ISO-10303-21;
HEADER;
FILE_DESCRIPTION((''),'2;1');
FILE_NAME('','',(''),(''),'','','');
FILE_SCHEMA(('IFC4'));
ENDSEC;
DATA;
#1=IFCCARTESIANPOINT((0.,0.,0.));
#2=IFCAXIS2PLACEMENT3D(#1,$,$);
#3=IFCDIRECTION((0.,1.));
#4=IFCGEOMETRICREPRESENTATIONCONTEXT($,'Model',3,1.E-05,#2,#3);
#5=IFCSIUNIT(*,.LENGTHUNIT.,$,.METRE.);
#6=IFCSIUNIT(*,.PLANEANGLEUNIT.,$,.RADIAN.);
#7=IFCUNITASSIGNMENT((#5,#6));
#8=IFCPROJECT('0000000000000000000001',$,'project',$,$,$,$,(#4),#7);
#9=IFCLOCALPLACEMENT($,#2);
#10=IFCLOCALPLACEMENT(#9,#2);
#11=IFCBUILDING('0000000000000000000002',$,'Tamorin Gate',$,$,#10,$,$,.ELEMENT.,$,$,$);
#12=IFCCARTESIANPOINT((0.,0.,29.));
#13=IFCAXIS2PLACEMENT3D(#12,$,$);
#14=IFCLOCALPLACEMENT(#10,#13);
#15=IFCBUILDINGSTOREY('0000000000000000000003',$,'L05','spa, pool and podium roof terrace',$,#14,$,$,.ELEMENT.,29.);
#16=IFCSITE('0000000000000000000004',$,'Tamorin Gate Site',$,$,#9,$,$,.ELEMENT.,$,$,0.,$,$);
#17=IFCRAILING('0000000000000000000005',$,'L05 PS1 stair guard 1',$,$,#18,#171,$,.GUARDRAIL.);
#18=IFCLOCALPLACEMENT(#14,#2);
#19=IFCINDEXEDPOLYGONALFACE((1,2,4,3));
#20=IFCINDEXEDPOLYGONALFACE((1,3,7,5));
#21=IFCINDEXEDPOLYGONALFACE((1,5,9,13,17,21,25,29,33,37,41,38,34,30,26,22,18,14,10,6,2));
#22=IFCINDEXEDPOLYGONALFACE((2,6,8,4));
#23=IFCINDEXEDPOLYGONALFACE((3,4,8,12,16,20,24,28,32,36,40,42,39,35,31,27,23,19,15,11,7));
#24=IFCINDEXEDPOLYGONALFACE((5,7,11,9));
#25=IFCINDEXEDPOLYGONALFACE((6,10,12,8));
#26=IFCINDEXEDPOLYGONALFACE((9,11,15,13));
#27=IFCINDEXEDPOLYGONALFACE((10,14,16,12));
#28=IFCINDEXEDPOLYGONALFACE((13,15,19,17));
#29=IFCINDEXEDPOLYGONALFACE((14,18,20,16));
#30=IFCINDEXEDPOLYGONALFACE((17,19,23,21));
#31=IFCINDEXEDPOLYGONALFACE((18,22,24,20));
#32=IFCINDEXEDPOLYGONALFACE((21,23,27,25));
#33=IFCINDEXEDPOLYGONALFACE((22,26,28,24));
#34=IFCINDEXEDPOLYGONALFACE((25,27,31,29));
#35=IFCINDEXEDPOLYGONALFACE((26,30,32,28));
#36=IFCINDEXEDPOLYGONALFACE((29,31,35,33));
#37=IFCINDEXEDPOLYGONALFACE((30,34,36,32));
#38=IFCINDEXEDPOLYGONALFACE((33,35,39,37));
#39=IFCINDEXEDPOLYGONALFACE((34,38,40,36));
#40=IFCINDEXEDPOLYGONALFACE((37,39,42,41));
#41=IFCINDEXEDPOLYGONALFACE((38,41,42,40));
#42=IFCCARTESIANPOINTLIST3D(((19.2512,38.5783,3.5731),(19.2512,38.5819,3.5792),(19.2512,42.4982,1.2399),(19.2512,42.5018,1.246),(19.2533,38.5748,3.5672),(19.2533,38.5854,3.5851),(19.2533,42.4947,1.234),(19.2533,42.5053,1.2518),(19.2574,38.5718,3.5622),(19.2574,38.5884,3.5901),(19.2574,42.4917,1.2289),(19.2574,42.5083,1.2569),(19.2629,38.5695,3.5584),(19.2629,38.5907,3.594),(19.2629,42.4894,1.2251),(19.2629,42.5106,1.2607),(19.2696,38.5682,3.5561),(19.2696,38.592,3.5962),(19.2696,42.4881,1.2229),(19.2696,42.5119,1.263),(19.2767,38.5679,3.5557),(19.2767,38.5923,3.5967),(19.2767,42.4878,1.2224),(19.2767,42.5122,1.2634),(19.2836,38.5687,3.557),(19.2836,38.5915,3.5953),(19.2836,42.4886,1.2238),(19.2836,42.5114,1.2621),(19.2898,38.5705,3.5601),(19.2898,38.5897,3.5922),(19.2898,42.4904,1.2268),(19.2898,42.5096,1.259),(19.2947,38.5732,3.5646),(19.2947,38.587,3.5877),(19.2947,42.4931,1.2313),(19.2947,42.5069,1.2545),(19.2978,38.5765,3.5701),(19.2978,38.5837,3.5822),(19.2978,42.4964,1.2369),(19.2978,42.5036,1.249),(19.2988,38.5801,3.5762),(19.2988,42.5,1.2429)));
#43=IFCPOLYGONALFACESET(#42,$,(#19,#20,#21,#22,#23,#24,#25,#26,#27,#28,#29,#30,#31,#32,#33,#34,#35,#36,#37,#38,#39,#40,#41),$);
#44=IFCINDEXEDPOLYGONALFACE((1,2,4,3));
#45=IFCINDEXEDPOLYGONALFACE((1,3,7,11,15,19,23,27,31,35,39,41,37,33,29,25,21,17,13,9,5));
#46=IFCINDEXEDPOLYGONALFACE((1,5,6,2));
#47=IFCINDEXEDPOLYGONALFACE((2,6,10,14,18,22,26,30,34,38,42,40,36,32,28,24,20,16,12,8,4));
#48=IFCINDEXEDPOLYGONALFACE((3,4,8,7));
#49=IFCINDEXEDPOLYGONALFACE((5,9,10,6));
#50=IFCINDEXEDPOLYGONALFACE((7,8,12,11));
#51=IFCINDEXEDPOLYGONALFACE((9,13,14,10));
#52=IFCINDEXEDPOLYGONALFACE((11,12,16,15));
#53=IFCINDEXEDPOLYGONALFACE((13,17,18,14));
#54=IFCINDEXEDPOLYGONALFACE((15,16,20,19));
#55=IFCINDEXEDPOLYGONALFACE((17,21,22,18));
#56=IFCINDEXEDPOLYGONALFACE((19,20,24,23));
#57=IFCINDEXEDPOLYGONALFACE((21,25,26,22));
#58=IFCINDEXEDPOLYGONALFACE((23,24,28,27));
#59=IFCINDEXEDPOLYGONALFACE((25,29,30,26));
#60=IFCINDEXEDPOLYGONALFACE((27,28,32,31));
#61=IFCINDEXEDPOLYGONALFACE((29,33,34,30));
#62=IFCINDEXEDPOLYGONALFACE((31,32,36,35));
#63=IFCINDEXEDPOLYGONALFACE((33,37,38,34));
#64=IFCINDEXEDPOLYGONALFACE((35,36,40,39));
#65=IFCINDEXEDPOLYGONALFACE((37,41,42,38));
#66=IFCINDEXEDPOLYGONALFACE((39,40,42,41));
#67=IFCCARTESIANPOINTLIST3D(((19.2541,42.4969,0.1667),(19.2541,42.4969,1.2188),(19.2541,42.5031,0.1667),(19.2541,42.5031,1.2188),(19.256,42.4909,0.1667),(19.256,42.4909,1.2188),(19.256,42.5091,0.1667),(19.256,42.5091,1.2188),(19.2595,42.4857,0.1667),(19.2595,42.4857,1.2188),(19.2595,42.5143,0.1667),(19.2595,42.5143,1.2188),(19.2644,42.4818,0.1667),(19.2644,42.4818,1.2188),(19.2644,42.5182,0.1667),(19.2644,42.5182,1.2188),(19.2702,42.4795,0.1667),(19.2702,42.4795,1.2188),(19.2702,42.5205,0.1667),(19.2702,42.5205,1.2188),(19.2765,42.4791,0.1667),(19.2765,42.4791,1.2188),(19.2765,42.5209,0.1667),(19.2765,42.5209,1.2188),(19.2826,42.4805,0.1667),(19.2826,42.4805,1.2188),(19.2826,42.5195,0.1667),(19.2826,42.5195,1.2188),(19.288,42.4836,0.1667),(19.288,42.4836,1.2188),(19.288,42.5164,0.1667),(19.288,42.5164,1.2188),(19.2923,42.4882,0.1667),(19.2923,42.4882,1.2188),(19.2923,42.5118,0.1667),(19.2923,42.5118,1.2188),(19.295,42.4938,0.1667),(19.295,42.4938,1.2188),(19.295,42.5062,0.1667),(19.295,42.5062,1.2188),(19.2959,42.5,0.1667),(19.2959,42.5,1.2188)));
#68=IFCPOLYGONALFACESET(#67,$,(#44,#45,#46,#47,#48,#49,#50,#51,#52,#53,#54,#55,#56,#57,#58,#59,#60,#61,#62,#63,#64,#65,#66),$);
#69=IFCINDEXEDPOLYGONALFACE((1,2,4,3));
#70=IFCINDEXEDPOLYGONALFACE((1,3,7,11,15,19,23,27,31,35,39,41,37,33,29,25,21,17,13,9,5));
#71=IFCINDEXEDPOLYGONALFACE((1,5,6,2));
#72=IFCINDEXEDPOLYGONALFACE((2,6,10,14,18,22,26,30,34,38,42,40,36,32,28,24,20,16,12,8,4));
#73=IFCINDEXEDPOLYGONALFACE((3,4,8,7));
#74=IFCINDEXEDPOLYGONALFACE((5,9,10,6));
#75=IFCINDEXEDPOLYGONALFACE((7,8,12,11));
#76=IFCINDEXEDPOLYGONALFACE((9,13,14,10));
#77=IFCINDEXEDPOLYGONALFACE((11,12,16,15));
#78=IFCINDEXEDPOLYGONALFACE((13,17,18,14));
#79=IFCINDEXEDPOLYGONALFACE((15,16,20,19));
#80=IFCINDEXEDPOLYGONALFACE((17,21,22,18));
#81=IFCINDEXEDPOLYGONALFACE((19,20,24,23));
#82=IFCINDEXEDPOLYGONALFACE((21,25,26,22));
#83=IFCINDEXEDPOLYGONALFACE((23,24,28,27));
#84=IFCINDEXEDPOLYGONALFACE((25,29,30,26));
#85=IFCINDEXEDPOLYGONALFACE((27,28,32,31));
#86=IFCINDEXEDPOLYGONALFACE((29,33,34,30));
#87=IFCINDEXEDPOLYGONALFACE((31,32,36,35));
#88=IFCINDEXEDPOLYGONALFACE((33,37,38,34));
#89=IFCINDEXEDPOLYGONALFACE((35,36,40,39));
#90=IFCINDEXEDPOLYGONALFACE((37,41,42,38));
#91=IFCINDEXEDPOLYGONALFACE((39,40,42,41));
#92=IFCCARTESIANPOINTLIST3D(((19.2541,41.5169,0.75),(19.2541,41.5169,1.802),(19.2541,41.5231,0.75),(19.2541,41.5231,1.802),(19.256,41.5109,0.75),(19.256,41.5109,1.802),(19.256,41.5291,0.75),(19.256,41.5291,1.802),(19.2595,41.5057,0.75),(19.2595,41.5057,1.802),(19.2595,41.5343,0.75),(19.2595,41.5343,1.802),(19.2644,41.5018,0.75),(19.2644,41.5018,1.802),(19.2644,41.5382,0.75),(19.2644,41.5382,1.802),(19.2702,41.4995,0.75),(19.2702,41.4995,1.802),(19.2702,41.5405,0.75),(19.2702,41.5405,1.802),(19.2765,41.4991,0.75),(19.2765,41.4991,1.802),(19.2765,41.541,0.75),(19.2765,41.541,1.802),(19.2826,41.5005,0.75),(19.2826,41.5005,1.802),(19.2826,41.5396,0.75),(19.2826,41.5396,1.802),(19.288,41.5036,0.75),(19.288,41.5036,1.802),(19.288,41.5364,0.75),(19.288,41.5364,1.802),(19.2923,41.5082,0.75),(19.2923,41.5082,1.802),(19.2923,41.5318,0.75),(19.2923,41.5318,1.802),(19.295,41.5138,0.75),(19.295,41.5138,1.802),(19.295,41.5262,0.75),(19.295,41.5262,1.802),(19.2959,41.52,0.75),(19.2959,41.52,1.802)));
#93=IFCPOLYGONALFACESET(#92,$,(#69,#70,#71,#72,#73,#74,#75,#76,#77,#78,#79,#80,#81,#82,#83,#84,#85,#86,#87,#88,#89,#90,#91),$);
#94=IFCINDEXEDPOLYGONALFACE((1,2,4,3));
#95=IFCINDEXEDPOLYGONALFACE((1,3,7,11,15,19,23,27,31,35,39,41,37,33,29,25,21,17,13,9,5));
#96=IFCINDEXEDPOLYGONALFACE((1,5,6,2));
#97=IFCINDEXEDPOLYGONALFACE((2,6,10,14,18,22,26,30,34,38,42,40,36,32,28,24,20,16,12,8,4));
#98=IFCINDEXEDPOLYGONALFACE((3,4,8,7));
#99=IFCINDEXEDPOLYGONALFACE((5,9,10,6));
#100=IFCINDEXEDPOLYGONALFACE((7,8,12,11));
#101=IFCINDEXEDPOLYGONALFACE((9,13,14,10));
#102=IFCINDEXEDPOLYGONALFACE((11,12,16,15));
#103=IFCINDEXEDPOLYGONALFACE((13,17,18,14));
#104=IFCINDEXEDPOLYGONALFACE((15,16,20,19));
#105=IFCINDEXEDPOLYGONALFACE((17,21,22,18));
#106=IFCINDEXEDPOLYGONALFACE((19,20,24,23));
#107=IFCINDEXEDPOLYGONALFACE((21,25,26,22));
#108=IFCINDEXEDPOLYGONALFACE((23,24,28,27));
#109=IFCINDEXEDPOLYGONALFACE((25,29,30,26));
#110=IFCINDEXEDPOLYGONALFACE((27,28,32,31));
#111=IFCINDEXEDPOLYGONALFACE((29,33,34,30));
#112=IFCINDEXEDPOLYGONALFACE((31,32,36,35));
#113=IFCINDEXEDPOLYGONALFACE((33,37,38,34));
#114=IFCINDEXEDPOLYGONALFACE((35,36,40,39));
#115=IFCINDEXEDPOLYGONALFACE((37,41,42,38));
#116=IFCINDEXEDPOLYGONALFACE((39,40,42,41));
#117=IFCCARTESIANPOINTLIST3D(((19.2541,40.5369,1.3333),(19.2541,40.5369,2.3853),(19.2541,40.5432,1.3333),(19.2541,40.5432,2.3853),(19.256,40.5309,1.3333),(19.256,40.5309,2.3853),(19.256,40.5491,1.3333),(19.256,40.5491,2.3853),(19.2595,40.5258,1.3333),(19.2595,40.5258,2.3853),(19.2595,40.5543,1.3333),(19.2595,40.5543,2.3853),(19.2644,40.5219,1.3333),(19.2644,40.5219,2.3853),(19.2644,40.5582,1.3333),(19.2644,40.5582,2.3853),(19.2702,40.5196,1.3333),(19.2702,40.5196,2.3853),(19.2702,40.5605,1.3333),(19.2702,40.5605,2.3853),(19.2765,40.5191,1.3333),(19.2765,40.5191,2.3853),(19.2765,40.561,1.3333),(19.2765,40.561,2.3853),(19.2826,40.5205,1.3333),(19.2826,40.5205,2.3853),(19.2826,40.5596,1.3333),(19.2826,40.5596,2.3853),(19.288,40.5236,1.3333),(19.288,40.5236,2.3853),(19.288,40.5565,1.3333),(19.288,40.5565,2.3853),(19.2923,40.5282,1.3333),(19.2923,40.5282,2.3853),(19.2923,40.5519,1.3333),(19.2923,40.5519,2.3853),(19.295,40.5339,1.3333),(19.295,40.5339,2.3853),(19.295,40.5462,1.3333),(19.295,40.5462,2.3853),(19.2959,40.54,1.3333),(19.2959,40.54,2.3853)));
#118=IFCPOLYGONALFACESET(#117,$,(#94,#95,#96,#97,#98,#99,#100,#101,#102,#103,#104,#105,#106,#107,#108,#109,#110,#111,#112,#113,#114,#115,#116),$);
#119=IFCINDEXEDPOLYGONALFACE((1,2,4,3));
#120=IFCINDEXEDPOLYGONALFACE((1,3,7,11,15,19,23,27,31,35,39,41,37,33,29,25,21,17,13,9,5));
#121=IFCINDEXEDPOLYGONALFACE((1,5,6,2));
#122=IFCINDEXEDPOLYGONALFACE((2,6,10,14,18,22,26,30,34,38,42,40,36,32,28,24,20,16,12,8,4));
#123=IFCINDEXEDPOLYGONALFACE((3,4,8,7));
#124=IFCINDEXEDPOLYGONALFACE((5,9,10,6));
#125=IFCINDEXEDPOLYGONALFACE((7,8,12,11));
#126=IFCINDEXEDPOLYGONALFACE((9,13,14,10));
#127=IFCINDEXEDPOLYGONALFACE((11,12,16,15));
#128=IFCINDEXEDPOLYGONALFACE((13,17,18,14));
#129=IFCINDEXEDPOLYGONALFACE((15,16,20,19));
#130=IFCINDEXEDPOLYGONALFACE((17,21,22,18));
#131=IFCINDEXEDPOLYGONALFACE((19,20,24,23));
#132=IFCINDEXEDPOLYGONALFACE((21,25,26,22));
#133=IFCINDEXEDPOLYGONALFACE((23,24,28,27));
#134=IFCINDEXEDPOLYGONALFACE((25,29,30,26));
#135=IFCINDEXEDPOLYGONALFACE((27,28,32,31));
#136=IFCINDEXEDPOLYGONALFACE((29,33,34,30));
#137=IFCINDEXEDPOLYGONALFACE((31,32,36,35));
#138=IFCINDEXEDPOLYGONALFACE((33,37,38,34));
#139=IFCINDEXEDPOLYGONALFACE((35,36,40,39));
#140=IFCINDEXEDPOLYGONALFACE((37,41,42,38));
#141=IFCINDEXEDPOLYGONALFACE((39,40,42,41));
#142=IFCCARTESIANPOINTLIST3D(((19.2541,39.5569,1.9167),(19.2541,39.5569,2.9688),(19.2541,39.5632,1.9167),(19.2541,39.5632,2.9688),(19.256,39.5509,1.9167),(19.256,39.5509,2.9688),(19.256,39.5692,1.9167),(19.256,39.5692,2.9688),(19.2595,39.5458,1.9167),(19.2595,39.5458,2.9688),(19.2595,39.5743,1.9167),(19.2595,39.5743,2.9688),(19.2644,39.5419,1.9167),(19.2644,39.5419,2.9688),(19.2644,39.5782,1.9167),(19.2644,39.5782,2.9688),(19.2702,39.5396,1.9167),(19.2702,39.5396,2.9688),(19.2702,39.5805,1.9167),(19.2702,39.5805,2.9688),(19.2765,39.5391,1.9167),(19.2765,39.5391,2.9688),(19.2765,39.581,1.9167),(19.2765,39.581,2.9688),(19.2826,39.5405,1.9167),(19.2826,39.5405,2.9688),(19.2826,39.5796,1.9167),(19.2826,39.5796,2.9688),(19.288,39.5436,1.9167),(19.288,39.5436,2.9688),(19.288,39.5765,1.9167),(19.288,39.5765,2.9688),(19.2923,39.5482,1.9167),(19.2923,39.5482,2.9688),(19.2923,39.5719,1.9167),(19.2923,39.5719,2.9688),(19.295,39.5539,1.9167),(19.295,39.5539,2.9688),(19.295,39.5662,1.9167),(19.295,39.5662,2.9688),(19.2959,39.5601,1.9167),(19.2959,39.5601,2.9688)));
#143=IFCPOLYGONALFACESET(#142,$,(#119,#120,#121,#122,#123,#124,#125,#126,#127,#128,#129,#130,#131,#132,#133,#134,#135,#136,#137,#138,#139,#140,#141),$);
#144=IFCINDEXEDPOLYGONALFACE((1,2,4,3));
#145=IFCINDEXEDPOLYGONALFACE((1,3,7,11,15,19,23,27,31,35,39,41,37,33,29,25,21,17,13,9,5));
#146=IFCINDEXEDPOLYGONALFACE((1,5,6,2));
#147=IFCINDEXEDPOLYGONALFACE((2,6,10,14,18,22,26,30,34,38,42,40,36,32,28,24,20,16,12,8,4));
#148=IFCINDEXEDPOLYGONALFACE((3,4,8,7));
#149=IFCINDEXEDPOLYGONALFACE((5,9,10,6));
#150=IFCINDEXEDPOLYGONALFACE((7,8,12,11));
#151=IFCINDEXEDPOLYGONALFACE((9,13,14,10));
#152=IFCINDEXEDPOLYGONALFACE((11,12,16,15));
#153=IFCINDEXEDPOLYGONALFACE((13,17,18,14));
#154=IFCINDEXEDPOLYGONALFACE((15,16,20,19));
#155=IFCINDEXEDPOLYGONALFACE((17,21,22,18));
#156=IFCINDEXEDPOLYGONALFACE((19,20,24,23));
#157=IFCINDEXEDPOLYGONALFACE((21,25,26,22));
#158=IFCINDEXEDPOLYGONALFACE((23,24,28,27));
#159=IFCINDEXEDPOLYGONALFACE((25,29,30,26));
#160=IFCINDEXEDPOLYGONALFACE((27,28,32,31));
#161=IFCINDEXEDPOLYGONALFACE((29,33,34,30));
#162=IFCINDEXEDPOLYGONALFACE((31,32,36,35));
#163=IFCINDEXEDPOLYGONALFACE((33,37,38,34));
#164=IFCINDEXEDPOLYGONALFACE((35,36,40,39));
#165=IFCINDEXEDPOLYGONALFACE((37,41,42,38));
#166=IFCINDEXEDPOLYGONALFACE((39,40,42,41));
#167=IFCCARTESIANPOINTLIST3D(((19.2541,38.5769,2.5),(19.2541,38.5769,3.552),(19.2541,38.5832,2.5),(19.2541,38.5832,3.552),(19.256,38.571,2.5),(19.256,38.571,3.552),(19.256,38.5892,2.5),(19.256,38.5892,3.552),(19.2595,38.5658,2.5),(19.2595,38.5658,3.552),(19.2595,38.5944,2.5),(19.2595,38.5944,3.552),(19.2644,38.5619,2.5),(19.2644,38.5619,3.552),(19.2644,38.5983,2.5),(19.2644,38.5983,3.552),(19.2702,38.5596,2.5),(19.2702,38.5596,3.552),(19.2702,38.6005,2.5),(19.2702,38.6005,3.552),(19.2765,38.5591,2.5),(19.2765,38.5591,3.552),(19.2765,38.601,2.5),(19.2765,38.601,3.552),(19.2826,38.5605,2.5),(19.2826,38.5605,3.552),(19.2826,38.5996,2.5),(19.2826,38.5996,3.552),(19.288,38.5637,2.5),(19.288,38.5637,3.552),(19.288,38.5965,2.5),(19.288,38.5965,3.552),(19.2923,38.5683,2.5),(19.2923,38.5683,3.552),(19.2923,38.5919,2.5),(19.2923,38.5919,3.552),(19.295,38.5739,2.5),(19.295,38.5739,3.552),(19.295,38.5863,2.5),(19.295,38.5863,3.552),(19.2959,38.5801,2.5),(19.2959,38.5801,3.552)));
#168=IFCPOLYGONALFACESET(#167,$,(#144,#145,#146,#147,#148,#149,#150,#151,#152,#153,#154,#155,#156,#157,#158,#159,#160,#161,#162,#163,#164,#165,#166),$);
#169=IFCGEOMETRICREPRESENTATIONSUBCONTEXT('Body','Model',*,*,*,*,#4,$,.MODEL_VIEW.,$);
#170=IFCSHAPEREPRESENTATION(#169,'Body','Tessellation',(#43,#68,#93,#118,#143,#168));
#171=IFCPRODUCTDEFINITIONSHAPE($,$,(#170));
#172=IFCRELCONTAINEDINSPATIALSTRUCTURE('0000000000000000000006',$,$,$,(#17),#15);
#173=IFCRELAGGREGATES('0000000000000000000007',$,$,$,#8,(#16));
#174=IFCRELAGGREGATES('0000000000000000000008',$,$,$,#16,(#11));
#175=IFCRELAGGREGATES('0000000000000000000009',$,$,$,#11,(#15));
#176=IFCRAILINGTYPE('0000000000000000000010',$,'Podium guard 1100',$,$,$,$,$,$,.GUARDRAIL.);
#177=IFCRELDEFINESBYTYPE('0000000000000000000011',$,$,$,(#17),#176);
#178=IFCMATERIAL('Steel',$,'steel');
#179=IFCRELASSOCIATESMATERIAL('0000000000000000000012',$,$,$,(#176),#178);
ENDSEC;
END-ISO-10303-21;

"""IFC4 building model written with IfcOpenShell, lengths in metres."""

from ifc_helpers import new_model, si_unit, direction, frame, origin, origin_2d, place, context, subcontext, project, spatial, circle, extrude, material, type_object, element, save


model = new_model("IFC4")

# Units and contexts
model_context = context("Model", 3, precision=1e-05, world=origin(), true_north=direction((0.0, 1.0)))
body_context = subcontext(model_context, "Body", "Model", "MODEL_VIEW")
ifc_project = project(units=[si_unit("LENGTHUNIT", "METRE"), si_unit("PLANEANGLEUNIT", "RADIAN")], contexts=[model_context])

# Site, building, storey
site_placement = place(None, origin())
site = spatial("IfcSite", under=ifc_project, at=site_placement, Name="Tamorin Gate Site", CompositionType="ELEMENT", RefElevation=0.0)
building_placement = place(site_placement, origin())
building = spatial("IfcBuilding", under=site, at=building_placement, Name="Tamorin Gate", CompositionType="ELEMENT")
storey_placement = place(building_placement, frame((0.0, 0.0, 29.0)))
storey = spatial("IfcBuildingStorey", under=building, at=storey_placement, Name="L05", Description="spa, pool and podium roof terrace", CompositionType="ELEMENT", Elevation=29.0)

# Railing
ifc_material_1 = material(Name="Steel", Category="steel")
railing_type_1 = type_object("IfcRailingType", Name="Podium guard 1100", PredefinedType="GUARDRAIL", material=ifc_material_1)
railing_1_placement = place(storey_placement, frame((19.2749, 42.5, 0.1667)))
element("IfcRailing", 1, at=railing_1_placement, inside=storey, type_object=railing_type_1, Name="L05 PS1 stair guard 1", PredefinedType="GUARDRAIL", context=body_context, shape_type="SweptSolid", body=[
    extrude(circle(Radius=0.0239, at=origin_2d()), frame((0.0, 0.0, 1.0762), z_axis=(0.0, -0.859296, 0.511478), x_axis=(1.0, 0.0, 0.0)), (0.0, 0.0, 1.0), 4.5618),
    extrude(circle(Radius=0.021, at=origin_2d()), origin(), (0.0, 0.0, 1.0), 1.052),
    extrude(circle(Radius=0.021, at=origin_2d()), frame((0.0, -0.98, 0.5833)), (0.0, 0.0, 1.0), 1.052),
    extrude(circle(Radius=0.021, at=origin_2d()), frame((0.0, -1.96, 1.1665)), (0.0, 0.0, 1.0), 1.052),
    extrude(circle(Radius=0.021, at=origin_2d()), frame((0.0, -2.9399, 1.75)), (0.0, 0.0, 1.0), 1.052),
    extrude(circle(Radius=0.021, at=origin_2d()), frame((0.0, -3.9199, 2.3333)), (0.0, 0.0, 1.0), 1.052),
])

save(model, "model.ifc")
